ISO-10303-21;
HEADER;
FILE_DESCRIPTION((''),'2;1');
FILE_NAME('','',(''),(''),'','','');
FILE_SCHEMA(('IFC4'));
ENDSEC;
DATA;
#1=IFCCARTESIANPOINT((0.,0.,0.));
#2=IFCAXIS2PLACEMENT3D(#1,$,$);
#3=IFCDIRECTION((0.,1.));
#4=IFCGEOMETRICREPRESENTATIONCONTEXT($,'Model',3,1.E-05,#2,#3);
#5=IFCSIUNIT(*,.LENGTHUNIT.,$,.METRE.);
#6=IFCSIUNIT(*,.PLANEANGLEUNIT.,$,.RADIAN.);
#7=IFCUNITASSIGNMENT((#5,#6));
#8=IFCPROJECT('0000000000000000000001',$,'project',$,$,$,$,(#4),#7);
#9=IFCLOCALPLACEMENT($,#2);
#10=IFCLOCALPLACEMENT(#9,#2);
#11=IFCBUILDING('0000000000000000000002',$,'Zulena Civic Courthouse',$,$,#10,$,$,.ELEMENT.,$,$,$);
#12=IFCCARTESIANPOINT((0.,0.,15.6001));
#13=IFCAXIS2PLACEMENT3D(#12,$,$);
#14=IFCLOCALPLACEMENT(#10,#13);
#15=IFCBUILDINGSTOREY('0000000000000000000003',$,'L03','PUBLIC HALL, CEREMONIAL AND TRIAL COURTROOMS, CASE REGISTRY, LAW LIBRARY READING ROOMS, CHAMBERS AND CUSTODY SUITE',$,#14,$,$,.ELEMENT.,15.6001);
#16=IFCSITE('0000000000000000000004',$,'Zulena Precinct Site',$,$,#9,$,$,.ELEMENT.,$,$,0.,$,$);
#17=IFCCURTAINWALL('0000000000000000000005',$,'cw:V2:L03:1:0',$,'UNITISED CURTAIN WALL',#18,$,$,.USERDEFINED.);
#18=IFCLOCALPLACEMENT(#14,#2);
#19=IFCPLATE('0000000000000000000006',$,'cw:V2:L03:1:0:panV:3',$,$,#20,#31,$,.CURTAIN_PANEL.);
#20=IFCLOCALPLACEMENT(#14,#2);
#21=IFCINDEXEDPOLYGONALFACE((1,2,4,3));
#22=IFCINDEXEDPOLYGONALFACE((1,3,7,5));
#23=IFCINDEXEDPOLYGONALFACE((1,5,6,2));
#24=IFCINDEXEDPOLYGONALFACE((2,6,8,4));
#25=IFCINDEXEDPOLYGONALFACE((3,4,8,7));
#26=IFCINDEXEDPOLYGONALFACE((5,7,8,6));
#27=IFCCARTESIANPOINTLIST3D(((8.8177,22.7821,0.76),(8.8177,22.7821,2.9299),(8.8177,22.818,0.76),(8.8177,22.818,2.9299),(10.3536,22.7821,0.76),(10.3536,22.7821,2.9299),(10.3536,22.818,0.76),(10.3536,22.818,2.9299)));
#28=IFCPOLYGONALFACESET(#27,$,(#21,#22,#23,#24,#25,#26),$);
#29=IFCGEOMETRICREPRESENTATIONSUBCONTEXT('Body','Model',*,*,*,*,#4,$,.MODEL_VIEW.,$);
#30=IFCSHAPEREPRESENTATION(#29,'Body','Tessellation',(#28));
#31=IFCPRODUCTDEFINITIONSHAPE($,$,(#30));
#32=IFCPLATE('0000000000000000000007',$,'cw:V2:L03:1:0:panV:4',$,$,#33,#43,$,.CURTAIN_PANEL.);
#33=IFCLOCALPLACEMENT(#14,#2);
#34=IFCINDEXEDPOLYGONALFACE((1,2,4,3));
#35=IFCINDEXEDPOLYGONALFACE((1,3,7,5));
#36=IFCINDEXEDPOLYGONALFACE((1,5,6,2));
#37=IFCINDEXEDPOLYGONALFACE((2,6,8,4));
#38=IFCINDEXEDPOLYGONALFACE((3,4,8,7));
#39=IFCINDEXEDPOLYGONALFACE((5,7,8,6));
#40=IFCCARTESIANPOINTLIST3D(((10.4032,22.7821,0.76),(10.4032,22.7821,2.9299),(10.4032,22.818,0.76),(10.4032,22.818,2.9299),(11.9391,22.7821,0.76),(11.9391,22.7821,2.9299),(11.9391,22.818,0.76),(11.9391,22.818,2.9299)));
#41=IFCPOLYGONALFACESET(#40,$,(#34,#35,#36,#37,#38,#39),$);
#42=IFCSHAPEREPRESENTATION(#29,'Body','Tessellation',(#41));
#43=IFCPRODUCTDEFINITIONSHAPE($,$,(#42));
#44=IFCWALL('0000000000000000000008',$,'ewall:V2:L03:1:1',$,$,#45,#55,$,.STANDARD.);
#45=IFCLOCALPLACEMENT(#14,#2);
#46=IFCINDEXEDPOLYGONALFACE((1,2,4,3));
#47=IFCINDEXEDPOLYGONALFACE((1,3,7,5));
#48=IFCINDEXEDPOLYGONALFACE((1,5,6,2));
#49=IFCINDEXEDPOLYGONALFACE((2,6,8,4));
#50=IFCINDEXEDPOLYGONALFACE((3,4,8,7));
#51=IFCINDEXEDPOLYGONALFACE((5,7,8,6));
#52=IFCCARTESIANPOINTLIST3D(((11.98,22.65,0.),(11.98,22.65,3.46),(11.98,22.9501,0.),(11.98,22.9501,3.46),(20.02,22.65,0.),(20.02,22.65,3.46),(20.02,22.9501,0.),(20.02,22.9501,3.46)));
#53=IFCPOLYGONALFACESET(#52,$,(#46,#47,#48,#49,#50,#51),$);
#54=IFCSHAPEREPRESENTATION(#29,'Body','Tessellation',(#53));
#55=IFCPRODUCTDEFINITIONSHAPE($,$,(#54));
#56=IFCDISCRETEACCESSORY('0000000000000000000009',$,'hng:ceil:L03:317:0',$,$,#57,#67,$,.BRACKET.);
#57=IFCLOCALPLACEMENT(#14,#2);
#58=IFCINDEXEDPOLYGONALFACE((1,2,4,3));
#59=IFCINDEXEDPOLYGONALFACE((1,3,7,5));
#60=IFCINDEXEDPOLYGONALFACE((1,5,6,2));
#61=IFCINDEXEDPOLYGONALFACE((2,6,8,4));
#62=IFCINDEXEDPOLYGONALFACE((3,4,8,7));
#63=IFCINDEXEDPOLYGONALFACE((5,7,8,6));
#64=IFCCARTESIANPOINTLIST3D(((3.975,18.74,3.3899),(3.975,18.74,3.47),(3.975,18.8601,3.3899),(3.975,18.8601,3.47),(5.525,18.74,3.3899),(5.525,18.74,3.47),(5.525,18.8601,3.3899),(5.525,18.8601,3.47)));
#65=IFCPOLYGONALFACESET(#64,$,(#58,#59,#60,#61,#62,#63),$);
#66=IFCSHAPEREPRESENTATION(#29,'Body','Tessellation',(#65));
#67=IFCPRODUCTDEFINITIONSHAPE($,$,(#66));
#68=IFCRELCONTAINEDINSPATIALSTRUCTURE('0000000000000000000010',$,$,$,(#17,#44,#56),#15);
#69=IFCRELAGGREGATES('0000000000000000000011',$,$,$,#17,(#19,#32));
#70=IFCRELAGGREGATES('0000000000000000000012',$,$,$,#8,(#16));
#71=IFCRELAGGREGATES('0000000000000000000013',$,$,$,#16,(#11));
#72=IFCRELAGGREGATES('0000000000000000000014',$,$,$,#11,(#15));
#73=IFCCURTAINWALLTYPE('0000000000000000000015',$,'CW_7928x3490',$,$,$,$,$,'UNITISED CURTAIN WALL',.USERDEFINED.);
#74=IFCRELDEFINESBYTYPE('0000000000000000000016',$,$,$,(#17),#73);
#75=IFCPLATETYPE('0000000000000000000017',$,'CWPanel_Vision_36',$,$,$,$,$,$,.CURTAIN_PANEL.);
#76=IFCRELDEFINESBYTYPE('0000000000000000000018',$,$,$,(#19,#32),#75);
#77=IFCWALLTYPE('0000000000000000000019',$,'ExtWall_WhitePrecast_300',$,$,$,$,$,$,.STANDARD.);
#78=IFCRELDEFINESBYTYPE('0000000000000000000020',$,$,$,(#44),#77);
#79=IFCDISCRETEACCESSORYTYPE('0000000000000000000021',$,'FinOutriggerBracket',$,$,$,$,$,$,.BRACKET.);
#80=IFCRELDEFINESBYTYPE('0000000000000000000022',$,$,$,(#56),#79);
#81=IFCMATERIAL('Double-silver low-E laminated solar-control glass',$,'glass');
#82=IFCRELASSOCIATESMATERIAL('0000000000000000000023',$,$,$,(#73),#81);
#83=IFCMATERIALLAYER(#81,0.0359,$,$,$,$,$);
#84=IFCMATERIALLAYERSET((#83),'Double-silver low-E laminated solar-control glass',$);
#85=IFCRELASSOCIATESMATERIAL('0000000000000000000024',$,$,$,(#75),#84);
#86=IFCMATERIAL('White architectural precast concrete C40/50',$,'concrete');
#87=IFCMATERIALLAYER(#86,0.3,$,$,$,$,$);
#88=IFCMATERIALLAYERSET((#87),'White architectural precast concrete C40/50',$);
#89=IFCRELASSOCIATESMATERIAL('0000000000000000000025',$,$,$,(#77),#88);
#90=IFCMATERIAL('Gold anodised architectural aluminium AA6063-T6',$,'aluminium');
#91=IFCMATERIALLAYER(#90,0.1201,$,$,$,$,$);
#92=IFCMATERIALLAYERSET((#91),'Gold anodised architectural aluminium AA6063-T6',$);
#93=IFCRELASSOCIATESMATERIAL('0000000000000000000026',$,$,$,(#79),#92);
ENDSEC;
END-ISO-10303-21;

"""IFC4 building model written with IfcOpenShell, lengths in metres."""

from ifc_helpers import new_model, si_unit, direction, frame, frame_2d, origin, origin_2d, place, context, subcontext, project, spatial, rectangle, extrude, material, layer, layer_set, type_object, element, aggregate, save


model = new_model("IFC4")

# Units and contexts
model_context = context("Model", 3, precision=1e-05, world=origin(), true_north=direction((0.0, 1.0)))
body_context = subcontext(model_context, "Body", "Model", "MODEL_VIEW")
ifc_project = project(units=[si_unit("LENGTHUNIT", "METRE"), si_unit("PLANEANGLEUNIT", "RADIAN")], contexts=[model_context])

# Site, building, storey
site_placement = place(None, origin())
site = spatial("IfcSite", under=ifc_project, at=site_placement, Name="Zulena Precinct Site", CompositionType="ELEMENT", RefElevation=0.0)
building_placement = place(site_placement, origin())
building = spatial("IfcBuilding", under=site, at=building_placement, Name="Zulena Civic Courthouse", CompositionType="ELEMENT")
storey_placement = place(building_placement, frame((0.0, 0.0, 15.6001)))
storey = spatial("IfcBuildingStorey", under=building, at=storey_placement, Name="L03", Description="PUBLIC HALL, CEREMONIAL AND TRIAL COURTROOMS, CASE REGISTRY, LAW LIBRARY READING ROOMS, CHAMBERS AND CUSTODY SUITE", CompositionType="ELEMENT", Elevation=15.6001)

# Curtain wall
ifc_material_1 = material(Name="Double-silver low-E laminated solar-control glass", Category="glass")
curtain_wall_type = type_object("IfcCurtainWallType", Name="CW_7928x3490", ElementType="UNITISED CURTAIN WALL", PredefinedType="USERDEFINED", material=ifc_material_1)
curtain_wall_placement = place(storey_placement, origin())
curtain_wall = element("IfcCurtainWall", 1, at=curtain_wall_placement, inside=storey, type_object=curtain_wall_type, Name="cw:V2:L03:1:0", ObjectType="UNITISED CURTAIN WALL", PredefinedType="USERDEFINED")

# Plates
ifc_layer_1 = layer(ifc_material_1, 0.0359)
ifc_layer_set_1 = layer_set([ifc_layer_1], Name="Double-silver low-E laminated solar-control glass")
plate_type_1 = type_object("IfcPlateType", Name="CWPanel_Vision_36", PredefinedType="CURTAIN_PANEL", material=ifc_layer_set_1)
plate_1_placement = place(storey_placement, frame((9.5857, 22.8, 0.76), z_axis=(0.0, 0.0, 1.0), x_axis=(1.0, 0.0, 0.0)))
plate_1 = element("IfcPlate", 2, at=plate_1_placement, type_object=plate_type_1, Name="cw:V2:L03:1:0:panV:3", PredefinedType="CURTAIN_PANEL", context=body_context, shape_type="SweptSolid", body=[
    extrude(rectangle(XDim=1.5359, YDim=0.0359, at=origin_2d()), origin(), (0.0, 0.0, 1.0), 2.1699),
])
plate_2_placement = place(storey_placement, frame((11.1711, 22.8, 0.76), z_axis=(0.0, 0.0, 1.0), x_axis=(1.0, 0.0, 0.0)))
plate_2 = element("IfcPlate", 3, at=plate_2_placement, type_object=plate_type_1, Name="cw:V2:L03:1:0:panV:4", PredefinedType="CURTAIN_PANEL", context=body_context, shape_type="SweptSolid", body=[
    extrude(rectangle(XDim=1.5359, YDim=0.0359, at=origin_2d()), origin(), (0.0, 0.0, 1.0), 2.1699),
])
aggregate(curtain_wall, [plate_1, plate_2])

# Wall
ifc_material_2 = material(Name="White architectural precast concrete C40/50", Category="concrete")
ifc_layer_2 = layer(ifc_material_2, 0.3)
ifc_layer_set_2 = layer_set([ifc_layer_2], Name="White architectural precast concrete C40/50")
wall_type = type_object("IfcWallType", Name="ExtWall_WhitePrecast_300", PredefinedType="STANDARD", material=ifc_layer_set_2)
wall_placement = place(storey_placement, frame((11.98, 22.8, 0.0), z_axis=(0.0, 0.0, 1.0), x_axis=(1.0, 0.0, 0.0)))
element("IfcWall", 4, at=wall_placement, inside=storey, type_object=wall_type, Name="ewall:V2:L03:1:1", PredefinedType="STANDARD", context=body_context, shape_type="SweptSolid", body=[
    extrude(rectangle(XDim=8.04, YDim=0.3, at=frame_2d((4.02, 0.0))), origin(), (0.0, 0.0, 1.0), 3.46),
])

# Discrete accessory
ifc_material_3 = material(Name="Gold anodised architectural aluminium AA6063-T6", Category="aluminium")
ifc_layer_3 = layer(ifc_material_3, 0.1201)
ifc_layer_set_3 = layer_set([ifc_layer_3], Name="Gold anodised architectural aluminium AA6063-T6")
discrete_accessory_type = type_object("IfcDiscreteAccessoryType", Name="FinOutriggerBracket", PredefinedType="BRACKET", material=ifc_layer_set_3)
discrete_accessory_placement = place(storey_placement, frame((4.75, 18.8, 3.3899), z_axis=(0.0, 0.0, 1.0), x_axis=(1.0, 0.0, 0.0)))
element("IfcDiscreteAccessory", 5, at=discrete_accessory_placement, inside=storey, type_object=discrete_accessory_type, Name="hng:ceil:L03:317:0", PredefinedType="BRACKET", context=body_context, shape_type="SweptSolid", body=[
    extrude(rectangle(XDim=1.55, YDim=0.1201, at=origin_2d()), origin(), (0.0, 0.0, 1.0), 0.0801),
])

save(model, "model.ifc")
